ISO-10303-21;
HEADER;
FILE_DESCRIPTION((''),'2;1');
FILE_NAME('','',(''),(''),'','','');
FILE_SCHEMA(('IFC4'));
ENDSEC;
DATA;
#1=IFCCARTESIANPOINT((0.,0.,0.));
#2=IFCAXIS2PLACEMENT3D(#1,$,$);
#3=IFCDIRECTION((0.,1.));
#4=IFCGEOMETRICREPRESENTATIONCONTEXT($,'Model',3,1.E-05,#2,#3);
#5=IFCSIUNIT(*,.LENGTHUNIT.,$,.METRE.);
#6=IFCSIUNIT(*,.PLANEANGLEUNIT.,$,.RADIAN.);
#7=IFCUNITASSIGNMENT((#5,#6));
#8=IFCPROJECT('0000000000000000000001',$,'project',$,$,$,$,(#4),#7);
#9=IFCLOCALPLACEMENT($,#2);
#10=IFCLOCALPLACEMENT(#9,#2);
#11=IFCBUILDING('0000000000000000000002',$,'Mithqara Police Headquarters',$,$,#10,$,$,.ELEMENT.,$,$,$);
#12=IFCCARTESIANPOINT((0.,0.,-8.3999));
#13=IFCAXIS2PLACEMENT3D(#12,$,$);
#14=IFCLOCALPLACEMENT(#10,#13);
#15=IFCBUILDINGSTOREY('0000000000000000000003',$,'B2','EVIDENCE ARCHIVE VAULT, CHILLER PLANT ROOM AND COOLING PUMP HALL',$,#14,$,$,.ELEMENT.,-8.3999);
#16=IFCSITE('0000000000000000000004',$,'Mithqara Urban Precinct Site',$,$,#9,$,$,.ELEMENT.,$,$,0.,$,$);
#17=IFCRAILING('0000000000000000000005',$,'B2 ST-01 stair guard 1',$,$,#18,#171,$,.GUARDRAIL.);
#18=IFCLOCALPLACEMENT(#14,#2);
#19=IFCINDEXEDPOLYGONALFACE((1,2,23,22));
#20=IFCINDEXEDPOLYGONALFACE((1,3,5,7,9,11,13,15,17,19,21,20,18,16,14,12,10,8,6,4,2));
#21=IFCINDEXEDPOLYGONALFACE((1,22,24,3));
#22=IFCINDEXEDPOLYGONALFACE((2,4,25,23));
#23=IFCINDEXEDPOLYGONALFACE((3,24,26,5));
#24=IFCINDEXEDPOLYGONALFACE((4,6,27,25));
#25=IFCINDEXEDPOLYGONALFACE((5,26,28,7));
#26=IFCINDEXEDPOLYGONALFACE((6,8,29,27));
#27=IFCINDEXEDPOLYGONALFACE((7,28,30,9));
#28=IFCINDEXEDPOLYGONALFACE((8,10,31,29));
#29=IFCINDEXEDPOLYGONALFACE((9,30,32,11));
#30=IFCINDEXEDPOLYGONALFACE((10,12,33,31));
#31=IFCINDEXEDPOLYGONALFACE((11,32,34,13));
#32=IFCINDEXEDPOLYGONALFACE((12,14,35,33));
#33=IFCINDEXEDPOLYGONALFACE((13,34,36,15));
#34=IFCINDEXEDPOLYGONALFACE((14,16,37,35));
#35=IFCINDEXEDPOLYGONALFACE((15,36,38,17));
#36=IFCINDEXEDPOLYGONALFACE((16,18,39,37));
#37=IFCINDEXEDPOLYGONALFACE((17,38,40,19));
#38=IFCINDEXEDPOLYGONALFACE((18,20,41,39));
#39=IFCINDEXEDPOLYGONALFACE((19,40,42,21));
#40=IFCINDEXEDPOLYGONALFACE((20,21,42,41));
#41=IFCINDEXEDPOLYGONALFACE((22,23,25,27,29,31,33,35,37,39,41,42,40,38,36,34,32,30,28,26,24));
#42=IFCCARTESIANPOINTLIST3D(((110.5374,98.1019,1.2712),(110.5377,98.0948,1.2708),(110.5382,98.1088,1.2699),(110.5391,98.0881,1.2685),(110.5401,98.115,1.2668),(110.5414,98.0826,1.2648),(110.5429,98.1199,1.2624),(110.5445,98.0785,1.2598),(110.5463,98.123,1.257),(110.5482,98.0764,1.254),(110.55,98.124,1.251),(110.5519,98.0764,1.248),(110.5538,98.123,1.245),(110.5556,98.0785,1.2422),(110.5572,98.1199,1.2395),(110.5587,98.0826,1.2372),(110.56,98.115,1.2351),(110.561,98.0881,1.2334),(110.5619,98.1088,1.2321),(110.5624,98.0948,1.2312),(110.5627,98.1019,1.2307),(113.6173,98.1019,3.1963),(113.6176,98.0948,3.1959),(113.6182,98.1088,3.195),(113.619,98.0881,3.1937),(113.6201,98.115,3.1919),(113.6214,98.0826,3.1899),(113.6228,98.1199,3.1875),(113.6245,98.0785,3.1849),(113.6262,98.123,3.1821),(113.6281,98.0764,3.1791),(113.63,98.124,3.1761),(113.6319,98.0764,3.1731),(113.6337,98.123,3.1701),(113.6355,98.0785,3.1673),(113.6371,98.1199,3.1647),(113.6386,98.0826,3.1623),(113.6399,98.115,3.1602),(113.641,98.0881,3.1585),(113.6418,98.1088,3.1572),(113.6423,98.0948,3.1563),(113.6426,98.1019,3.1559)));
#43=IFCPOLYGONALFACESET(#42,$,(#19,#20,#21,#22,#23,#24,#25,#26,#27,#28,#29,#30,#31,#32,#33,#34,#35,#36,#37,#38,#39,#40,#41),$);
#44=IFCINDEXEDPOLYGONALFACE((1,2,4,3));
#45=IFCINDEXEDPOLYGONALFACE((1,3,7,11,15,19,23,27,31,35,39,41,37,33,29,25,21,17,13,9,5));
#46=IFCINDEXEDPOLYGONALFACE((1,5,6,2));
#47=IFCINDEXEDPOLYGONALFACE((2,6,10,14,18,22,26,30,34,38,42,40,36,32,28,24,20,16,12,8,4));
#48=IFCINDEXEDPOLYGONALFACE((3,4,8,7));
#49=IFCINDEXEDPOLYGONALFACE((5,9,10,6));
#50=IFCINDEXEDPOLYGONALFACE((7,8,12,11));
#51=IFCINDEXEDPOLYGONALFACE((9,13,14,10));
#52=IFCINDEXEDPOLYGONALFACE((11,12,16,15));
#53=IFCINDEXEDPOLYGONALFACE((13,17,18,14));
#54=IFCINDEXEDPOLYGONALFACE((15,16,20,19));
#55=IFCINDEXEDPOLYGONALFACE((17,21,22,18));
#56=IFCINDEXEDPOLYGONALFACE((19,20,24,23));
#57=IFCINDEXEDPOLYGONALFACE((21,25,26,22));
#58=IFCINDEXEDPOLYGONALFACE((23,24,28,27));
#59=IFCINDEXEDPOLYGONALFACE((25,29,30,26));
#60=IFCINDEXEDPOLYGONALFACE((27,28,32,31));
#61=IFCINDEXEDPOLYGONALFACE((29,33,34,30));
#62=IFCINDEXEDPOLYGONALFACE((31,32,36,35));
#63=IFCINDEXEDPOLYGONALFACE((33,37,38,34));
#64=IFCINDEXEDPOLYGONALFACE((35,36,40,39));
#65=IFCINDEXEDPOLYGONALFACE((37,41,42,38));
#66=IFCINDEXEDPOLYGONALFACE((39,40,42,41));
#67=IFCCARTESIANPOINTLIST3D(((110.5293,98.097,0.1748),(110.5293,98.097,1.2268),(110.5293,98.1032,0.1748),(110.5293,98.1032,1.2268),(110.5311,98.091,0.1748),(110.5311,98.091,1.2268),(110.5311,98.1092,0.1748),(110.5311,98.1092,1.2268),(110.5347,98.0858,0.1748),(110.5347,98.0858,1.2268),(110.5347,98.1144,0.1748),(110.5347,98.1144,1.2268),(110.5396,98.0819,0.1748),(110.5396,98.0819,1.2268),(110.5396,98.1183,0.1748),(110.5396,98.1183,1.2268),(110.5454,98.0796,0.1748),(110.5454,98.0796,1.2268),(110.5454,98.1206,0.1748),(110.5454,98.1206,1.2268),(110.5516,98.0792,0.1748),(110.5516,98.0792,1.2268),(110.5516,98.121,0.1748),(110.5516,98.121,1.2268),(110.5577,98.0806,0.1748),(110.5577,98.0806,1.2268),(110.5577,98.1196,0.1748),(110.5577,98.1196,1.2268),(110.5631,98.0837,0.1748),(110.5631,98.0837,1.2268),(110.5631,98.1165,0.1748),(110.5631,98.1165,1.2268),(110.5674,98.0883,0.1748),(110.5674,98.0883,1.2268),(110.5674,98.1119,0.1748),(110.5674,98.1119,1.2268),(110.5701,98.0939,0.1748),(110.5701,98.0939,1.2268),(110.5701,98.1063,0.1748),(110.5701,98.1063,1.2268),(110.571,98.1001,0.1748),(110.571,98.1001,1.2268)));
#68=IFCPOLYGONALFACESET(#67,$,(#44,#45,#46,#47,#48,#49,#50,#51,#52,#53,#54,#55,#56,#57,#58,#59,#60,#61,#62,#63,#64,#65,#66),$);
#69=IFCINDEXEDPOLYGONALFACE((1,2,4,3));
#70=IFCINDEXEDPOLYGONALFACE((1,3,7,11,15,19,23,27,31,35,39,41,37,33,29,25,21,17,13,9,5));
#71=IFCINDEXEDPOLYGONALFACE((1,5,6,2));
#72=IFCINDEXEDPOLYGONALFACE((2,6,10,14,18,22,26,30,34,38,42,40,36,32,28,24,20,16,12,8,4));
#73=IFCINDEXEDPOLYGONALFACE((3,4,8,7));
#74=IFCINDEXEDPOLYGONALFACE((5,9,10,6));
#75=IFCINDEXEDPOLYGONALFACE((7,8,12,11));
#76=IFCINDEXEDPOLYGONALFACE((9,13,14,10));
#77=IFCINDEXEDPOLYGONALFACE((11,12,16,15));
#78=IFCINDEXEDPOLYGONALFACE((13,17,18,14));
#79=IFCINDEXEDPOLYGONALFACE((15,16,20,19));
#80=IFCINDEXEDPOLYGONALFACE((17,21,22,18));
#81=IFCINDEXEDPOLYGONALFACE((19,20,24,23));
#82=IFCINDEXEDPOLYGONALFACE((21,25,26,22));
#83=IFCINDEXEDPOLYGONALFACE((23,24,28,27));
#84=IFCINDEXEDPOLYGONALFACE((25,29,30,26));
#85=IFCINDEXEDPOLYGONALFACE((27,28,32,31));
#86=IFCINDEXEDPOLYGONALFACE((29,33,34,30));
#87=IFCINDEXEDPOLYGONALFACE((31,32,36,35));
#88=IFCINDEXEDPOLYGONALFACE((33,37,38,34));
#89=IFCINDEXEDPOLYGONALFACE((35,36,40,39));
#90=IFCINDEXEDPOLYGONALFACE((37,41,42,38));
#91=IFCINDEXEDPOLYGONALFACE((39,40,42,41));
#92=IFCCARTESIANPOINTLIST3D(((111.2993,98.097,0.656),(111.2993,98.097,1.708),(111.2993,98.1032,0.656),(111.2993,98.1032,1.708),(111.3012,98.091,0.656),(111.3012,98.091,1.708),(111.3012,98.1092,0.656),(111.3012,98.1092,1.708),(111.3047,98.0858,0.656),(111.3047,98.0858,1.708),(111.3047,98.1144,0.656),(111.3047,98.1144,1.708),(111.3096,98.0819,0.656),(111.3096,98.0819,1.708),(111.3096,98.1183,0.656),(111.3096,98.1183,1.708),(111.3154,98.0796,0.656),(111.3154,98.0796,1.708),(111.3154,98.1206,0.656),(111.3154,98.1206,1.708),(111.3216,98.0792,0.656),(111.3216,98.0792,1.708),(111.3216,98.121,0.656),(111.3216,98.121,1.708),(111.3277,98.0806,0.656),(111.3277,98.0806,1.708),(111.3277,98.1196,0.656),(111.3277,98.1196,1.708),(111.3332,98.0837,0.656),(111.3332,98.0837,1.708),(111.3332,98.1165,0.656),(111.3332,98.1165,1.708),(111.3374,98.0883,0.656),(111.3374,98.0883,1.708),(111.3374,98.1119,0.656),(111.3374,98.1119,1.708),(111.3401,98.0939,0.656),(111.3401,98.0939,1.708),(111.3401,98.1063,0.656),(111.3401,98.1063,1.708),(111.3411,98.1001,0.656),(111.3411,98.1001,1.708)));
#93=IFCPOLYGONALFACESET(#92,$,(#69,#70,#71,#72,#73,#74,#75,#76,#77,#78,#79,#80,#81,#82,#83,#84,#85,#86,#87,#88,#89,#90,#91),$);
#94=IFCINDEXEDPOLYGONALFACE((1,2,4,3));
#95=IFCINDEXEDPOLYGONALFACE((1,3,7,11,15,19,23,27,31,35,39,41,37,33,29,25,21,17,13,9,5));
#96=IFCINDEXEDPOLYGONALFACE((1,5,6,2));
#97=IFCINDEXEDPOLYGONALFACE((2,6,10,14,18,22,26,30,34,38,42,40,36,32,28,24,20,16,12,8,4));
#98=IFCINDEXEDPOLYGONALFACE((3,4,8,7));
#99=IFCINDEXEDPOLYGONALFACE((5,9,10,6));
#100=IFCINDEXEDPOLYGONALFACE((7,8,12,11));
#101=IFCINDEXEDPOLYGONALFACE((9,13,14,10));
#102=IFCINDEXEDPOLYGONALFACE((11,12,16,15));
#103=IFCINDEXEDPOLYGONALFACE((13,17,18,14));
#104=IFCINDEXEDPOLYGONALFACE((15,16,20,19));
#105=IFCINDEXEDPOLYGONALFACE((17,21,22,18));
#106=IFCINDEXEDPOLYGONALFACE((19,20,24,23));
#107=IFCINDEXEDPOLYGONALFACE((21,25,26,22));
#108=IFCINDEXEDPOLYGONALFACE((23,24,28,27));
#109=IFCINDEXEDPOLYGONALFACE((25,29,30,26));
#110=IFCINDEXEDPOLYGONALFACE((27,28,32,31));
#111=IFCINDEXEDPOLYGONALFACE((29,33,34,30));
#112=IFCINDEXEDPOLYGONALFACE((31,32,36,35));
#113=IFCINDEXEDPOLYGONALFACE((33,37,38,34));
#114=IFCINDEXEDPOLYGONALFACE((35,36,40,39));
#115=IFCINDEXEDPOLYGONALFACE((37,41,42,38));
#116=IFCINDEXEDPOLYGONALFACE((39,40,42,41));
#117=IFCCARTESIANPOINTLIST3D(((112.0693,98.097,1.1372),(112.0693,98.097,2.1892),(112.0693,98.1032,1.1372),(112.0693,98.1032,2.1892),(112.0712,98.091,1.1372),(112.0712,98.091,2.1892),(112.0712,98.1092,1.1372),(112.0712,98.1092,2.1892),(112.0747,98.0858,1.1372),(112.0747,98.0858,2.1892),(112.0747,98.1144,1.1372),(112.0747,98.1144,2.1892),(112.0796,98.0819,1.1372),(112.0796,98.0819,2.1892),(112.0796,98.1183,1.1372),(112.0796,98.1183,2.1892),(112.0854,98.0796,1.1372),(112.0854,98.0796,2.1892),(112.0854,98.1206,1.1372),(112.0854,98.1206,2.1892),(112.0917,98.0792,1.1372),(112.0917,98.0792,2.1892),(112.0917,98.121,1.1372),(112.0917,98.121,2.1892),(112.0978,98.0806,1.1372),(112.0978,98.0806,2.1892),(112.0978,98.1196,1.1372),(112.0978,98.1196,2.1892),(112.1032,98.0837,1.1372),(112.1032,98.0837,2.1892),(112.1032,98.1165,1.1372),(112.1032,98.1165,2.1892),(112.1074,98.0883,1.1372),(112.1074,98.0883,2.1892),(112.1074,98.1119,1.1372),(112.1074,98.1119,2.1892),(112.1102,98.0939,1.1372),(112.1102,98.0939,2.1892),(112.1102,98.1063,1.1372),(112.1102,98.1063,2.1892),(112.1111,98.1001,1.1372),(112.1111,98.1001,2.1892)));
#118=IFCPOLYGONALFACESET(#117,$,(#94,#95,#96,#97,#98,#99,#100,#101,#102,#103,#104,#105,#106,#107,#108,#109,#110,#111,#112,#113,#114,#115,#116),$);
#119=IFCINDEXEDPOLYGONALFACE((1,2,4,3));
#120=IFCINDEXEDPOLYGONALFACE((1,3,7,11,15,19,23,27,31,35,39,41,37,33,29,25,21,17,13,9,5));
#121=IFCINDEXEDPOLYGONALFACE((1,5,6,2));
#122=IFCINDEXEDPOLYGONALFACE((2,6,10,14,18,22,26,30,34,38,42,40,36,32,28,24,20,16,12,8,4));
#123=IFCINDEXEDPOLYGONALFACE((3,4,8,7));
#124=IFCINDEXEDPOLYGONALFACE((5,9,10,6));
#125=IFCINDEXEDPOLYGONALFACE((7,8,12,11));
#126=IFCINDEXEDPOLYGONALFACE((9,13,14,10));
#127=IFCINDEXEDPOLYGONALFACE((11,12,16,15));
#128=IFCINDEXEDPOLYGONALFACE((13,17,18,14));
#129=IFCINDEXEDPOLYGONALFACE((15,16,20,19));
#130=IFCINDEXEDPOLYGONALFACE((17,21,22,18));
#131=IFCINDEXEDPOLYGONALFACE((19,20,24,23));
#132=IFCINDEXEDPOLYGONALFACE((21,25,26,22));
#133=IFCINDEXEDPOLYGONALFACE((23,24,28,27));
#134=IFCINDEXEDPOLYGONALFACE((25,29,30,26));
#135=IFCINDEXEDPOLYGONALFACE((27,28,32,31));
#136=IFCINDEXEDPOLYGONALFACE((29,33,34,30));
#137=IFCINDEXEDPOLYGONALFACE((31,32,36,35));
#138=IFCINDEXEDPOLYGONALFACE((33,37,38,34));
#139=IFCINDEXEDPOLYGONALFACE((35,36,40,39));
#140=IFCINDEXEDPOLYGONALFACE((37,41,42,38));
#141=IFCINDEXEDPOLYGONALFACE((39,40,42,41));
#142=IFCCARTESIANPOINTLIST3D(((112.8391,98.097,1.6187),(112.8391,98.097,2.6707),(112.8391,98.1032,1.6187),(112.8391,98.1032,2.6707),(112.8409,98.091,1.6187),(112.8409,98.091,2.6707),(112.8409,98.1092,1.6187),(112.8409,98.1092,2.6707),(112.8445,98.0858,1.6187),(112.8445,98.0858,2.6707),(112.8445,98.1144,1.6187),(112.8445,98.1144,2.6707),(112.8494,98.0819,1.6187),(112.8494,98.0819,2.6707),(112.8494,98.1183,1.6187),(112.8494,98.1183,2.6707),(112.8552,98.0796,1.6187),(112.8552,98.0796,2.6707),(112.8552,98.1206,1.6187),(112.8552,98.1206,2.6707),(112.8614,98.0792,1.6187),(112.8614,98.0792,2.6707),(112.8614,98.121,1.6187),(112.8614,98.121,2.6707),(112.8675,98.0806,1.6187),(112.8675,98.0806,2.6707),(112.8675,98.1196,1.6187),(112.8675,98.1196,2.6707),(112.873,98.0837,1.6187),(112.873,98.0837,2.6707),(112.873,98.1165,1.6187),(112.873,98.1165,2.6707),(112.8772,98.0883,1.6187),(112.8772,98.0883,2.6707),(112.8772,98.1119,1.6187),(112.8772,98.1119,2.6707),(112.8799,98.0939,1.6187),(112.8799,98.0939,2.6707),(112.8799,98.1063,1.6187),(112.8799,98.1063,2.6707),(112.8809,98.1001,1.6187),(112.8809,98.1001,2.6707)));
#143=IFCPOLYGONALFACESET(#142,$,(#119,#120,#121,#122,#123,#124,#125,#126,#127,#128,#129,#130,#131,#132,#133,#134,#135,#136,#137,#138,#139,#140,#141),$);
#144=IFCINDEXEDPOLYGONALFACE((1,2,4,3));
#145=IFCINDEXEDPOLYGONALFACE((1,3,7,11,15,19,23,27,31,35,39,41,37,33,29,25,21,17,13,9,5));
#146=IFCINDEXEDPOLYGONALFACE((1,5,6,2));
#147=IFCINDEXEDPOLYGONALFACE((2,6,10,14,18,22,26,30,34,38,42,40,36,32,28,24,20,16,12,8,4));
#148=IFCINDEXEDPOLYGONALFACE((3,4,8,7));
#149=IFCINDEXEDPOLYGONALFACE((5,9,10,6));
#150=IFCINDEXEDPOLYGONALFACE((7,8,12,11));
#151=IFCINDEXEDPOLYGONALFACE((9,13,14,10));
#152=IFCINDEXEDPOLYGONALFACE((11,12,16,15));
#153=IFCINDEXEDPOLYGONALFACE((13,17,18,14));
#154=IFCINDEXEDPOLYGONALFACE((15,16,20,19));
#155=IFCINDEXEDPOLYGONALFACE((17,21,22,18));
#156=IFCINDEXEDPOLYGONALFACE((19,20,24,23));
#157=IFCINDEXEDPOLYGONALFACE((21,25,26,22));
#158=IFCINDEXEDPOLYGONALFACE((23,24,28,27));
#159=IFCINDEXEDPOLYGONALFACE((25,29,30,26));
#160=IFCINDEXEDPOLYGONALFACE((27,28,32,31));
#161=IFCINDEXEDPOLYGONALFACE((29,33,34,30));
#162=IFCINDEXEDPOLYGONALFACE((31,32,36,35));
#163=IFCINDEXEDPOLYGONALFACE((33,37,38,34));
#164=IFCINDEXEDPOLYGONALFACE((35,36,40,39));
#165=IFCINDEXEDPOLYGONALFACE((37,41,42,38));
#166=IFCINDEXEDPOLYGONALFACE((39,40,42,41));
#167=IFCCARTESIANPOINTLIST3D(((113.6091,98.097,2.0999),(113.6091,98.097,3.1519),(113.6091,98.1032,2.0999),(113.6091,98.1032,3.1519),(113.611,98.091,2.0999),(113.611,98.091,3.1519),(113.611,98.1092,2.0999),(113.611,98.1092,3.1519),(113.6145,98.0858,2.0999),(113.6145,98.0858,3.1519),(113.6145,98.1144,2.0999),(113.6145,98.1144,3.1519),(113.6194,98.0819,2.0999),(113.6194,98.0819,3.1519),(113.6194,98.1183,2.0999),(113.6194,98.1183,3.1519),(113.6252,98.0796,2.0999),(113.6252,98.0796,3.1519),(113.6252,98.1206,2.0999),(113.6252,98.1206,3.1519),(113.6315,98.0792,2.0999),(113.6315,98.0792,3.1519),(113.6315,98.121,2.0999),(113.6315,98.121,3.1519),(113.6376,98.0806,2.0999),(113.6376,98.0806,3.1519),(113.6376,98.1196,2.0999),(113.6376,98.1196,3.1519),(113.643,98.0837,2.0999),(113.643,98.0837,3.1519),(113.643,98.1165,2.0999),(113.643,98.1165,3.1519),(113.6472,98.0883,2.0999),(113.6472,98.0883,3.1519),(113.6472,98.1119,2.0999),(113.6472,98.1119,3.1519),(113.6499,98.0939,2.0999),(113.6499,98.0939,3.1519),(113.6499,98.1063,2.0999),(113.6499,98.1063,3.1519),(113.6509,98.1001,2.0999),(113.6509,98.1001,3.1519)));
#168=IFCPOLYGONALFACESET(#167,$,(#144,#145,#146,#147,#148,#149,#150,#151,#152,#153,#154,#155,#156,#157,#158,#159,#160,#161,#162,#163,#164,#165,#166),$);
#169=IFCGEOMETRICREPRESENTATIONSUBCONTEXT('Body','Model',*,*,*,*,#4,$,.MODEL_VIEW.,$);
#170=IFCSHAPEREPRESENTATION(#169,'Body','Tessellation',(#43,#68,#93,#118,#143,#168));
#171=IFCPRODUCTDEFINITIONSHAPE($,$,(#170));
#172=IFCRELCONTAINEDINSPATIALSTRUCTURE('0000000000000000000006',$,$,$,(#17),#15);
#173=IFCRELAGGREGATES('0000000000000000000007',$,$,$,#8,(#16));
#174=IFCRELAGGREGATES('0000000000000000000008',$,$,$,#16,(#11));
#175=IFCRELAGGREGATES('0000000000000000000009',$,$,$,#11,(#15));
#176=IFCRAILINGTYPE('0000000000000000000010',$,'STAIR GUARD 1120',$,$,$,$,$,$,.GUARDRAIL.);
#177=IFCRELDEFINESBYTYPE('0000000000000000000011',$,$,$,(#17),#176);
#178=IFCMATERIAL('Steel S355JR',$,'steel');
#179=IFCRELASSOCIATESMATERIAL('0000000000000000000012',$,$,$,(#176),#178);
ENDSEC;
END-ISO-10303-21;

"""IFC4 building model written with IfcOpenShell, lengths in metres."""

from ifc_helpers import new_model, si_unit, direction, frame, origin, origin_2d, place, context, subcontext, project, spatial, circle, extrude, material, type_object, element, save


model = new_model("IFC4")

# Units and contexts
model_context = context("Model", 3, precision=1e-05, world=origin(), true_north=direction((0.0, 1.0)))
body_context = subcontext(model_context, "Body", "Model", "MODEL_VIEW")
ifc_project = project(units=[si_unit("LENGTHUNIT", "METRE"), si_unit("PLANEANGLEUNIT", "RADIAN")], contexts=[model_context])

# Site, building, storey
site_placement = place(None, origin())
site = spatial("IfcSite", under=ifc_project, at=site_placement, Name="Mithqara Urban Precinct Site", CompositionType="ELEMENT", RefElevation=0.0)
building_placement = place(site_placement, origin())
building = spatial("IfcBuilding", under=site, at=building_placement, Name="Mithqara Police Headquarters", CompositionType="ELEMENT")
storey_placement = place(building_placement, frame((0.0, 0.0, -8.3999)))
storey = spatial("IfcBuildingStorey", under=building, at=storey_placement, Name="B2", Description="EVIDENCE ARCHIVE VAULT, CHILLER PLANT ROOM AND COOLING PUMP HALL", CompositionType="ELEMENT", Elevation=-8.3999)

# Shared definitions
ifc_material_1 = material(Name="Steel S355JR", Category="steel")

# Railing
railing_type_1 = type_object("IfcRailingType", Name="STAIR GUARD 1120", PredefinedType="GUARDRAIL", material=ifc_material_1)
railing_1_placement = place(storey_placement, frame((110.55, 98.1001, 0.1748)))
element("IfcRailing", 1, at=railing_1_placement, inside=storey, type_object=railing_type_1, Name="B2 ST-01 stair guard 1", PredefinedType="GUARDRAIL", context=body_context, shape_type="SweptSolid", body=[
    extrude(circle(Radius=0.0239, at=origin_2d()), frame((0.0, 0.0, 1.0762), z_axis=(0.847979, 0.0, 0.530029), x_axis=(0.0, 1.0, 0.0)), (0.0, 0.0, 1.0), 3.6321),
    extrude(circle(Radius=0.021, at=origin_2d()), origin(), (0.0, 0.0, 1.0), 1.052),
    extrude(circle(Radius=0.021, at=origin_2d()), frame((0.77, 0.0, 0.4812)), (0.0, 0.0, 1.0), 1.052),
    extrude(circle(Radius=0.021, at=origin_2d()), frame((1.54, 0.0, 0.9624)), (0.0, 0.0, 1.0), 1.052),
    extrude(circle(Radius=0.021, at=origin_2d()), frame((2.3098, 0.0, 1.4438)), (0.0, 0.0, 1.0), 1.052),
    extrude(circle(Radius=0.021, at=origin_2d()), frame((3.0798, 0.0, 1.925)), (0.0, 0.0, 1.0), 1.052),
])

save(model, "model.ifc")
